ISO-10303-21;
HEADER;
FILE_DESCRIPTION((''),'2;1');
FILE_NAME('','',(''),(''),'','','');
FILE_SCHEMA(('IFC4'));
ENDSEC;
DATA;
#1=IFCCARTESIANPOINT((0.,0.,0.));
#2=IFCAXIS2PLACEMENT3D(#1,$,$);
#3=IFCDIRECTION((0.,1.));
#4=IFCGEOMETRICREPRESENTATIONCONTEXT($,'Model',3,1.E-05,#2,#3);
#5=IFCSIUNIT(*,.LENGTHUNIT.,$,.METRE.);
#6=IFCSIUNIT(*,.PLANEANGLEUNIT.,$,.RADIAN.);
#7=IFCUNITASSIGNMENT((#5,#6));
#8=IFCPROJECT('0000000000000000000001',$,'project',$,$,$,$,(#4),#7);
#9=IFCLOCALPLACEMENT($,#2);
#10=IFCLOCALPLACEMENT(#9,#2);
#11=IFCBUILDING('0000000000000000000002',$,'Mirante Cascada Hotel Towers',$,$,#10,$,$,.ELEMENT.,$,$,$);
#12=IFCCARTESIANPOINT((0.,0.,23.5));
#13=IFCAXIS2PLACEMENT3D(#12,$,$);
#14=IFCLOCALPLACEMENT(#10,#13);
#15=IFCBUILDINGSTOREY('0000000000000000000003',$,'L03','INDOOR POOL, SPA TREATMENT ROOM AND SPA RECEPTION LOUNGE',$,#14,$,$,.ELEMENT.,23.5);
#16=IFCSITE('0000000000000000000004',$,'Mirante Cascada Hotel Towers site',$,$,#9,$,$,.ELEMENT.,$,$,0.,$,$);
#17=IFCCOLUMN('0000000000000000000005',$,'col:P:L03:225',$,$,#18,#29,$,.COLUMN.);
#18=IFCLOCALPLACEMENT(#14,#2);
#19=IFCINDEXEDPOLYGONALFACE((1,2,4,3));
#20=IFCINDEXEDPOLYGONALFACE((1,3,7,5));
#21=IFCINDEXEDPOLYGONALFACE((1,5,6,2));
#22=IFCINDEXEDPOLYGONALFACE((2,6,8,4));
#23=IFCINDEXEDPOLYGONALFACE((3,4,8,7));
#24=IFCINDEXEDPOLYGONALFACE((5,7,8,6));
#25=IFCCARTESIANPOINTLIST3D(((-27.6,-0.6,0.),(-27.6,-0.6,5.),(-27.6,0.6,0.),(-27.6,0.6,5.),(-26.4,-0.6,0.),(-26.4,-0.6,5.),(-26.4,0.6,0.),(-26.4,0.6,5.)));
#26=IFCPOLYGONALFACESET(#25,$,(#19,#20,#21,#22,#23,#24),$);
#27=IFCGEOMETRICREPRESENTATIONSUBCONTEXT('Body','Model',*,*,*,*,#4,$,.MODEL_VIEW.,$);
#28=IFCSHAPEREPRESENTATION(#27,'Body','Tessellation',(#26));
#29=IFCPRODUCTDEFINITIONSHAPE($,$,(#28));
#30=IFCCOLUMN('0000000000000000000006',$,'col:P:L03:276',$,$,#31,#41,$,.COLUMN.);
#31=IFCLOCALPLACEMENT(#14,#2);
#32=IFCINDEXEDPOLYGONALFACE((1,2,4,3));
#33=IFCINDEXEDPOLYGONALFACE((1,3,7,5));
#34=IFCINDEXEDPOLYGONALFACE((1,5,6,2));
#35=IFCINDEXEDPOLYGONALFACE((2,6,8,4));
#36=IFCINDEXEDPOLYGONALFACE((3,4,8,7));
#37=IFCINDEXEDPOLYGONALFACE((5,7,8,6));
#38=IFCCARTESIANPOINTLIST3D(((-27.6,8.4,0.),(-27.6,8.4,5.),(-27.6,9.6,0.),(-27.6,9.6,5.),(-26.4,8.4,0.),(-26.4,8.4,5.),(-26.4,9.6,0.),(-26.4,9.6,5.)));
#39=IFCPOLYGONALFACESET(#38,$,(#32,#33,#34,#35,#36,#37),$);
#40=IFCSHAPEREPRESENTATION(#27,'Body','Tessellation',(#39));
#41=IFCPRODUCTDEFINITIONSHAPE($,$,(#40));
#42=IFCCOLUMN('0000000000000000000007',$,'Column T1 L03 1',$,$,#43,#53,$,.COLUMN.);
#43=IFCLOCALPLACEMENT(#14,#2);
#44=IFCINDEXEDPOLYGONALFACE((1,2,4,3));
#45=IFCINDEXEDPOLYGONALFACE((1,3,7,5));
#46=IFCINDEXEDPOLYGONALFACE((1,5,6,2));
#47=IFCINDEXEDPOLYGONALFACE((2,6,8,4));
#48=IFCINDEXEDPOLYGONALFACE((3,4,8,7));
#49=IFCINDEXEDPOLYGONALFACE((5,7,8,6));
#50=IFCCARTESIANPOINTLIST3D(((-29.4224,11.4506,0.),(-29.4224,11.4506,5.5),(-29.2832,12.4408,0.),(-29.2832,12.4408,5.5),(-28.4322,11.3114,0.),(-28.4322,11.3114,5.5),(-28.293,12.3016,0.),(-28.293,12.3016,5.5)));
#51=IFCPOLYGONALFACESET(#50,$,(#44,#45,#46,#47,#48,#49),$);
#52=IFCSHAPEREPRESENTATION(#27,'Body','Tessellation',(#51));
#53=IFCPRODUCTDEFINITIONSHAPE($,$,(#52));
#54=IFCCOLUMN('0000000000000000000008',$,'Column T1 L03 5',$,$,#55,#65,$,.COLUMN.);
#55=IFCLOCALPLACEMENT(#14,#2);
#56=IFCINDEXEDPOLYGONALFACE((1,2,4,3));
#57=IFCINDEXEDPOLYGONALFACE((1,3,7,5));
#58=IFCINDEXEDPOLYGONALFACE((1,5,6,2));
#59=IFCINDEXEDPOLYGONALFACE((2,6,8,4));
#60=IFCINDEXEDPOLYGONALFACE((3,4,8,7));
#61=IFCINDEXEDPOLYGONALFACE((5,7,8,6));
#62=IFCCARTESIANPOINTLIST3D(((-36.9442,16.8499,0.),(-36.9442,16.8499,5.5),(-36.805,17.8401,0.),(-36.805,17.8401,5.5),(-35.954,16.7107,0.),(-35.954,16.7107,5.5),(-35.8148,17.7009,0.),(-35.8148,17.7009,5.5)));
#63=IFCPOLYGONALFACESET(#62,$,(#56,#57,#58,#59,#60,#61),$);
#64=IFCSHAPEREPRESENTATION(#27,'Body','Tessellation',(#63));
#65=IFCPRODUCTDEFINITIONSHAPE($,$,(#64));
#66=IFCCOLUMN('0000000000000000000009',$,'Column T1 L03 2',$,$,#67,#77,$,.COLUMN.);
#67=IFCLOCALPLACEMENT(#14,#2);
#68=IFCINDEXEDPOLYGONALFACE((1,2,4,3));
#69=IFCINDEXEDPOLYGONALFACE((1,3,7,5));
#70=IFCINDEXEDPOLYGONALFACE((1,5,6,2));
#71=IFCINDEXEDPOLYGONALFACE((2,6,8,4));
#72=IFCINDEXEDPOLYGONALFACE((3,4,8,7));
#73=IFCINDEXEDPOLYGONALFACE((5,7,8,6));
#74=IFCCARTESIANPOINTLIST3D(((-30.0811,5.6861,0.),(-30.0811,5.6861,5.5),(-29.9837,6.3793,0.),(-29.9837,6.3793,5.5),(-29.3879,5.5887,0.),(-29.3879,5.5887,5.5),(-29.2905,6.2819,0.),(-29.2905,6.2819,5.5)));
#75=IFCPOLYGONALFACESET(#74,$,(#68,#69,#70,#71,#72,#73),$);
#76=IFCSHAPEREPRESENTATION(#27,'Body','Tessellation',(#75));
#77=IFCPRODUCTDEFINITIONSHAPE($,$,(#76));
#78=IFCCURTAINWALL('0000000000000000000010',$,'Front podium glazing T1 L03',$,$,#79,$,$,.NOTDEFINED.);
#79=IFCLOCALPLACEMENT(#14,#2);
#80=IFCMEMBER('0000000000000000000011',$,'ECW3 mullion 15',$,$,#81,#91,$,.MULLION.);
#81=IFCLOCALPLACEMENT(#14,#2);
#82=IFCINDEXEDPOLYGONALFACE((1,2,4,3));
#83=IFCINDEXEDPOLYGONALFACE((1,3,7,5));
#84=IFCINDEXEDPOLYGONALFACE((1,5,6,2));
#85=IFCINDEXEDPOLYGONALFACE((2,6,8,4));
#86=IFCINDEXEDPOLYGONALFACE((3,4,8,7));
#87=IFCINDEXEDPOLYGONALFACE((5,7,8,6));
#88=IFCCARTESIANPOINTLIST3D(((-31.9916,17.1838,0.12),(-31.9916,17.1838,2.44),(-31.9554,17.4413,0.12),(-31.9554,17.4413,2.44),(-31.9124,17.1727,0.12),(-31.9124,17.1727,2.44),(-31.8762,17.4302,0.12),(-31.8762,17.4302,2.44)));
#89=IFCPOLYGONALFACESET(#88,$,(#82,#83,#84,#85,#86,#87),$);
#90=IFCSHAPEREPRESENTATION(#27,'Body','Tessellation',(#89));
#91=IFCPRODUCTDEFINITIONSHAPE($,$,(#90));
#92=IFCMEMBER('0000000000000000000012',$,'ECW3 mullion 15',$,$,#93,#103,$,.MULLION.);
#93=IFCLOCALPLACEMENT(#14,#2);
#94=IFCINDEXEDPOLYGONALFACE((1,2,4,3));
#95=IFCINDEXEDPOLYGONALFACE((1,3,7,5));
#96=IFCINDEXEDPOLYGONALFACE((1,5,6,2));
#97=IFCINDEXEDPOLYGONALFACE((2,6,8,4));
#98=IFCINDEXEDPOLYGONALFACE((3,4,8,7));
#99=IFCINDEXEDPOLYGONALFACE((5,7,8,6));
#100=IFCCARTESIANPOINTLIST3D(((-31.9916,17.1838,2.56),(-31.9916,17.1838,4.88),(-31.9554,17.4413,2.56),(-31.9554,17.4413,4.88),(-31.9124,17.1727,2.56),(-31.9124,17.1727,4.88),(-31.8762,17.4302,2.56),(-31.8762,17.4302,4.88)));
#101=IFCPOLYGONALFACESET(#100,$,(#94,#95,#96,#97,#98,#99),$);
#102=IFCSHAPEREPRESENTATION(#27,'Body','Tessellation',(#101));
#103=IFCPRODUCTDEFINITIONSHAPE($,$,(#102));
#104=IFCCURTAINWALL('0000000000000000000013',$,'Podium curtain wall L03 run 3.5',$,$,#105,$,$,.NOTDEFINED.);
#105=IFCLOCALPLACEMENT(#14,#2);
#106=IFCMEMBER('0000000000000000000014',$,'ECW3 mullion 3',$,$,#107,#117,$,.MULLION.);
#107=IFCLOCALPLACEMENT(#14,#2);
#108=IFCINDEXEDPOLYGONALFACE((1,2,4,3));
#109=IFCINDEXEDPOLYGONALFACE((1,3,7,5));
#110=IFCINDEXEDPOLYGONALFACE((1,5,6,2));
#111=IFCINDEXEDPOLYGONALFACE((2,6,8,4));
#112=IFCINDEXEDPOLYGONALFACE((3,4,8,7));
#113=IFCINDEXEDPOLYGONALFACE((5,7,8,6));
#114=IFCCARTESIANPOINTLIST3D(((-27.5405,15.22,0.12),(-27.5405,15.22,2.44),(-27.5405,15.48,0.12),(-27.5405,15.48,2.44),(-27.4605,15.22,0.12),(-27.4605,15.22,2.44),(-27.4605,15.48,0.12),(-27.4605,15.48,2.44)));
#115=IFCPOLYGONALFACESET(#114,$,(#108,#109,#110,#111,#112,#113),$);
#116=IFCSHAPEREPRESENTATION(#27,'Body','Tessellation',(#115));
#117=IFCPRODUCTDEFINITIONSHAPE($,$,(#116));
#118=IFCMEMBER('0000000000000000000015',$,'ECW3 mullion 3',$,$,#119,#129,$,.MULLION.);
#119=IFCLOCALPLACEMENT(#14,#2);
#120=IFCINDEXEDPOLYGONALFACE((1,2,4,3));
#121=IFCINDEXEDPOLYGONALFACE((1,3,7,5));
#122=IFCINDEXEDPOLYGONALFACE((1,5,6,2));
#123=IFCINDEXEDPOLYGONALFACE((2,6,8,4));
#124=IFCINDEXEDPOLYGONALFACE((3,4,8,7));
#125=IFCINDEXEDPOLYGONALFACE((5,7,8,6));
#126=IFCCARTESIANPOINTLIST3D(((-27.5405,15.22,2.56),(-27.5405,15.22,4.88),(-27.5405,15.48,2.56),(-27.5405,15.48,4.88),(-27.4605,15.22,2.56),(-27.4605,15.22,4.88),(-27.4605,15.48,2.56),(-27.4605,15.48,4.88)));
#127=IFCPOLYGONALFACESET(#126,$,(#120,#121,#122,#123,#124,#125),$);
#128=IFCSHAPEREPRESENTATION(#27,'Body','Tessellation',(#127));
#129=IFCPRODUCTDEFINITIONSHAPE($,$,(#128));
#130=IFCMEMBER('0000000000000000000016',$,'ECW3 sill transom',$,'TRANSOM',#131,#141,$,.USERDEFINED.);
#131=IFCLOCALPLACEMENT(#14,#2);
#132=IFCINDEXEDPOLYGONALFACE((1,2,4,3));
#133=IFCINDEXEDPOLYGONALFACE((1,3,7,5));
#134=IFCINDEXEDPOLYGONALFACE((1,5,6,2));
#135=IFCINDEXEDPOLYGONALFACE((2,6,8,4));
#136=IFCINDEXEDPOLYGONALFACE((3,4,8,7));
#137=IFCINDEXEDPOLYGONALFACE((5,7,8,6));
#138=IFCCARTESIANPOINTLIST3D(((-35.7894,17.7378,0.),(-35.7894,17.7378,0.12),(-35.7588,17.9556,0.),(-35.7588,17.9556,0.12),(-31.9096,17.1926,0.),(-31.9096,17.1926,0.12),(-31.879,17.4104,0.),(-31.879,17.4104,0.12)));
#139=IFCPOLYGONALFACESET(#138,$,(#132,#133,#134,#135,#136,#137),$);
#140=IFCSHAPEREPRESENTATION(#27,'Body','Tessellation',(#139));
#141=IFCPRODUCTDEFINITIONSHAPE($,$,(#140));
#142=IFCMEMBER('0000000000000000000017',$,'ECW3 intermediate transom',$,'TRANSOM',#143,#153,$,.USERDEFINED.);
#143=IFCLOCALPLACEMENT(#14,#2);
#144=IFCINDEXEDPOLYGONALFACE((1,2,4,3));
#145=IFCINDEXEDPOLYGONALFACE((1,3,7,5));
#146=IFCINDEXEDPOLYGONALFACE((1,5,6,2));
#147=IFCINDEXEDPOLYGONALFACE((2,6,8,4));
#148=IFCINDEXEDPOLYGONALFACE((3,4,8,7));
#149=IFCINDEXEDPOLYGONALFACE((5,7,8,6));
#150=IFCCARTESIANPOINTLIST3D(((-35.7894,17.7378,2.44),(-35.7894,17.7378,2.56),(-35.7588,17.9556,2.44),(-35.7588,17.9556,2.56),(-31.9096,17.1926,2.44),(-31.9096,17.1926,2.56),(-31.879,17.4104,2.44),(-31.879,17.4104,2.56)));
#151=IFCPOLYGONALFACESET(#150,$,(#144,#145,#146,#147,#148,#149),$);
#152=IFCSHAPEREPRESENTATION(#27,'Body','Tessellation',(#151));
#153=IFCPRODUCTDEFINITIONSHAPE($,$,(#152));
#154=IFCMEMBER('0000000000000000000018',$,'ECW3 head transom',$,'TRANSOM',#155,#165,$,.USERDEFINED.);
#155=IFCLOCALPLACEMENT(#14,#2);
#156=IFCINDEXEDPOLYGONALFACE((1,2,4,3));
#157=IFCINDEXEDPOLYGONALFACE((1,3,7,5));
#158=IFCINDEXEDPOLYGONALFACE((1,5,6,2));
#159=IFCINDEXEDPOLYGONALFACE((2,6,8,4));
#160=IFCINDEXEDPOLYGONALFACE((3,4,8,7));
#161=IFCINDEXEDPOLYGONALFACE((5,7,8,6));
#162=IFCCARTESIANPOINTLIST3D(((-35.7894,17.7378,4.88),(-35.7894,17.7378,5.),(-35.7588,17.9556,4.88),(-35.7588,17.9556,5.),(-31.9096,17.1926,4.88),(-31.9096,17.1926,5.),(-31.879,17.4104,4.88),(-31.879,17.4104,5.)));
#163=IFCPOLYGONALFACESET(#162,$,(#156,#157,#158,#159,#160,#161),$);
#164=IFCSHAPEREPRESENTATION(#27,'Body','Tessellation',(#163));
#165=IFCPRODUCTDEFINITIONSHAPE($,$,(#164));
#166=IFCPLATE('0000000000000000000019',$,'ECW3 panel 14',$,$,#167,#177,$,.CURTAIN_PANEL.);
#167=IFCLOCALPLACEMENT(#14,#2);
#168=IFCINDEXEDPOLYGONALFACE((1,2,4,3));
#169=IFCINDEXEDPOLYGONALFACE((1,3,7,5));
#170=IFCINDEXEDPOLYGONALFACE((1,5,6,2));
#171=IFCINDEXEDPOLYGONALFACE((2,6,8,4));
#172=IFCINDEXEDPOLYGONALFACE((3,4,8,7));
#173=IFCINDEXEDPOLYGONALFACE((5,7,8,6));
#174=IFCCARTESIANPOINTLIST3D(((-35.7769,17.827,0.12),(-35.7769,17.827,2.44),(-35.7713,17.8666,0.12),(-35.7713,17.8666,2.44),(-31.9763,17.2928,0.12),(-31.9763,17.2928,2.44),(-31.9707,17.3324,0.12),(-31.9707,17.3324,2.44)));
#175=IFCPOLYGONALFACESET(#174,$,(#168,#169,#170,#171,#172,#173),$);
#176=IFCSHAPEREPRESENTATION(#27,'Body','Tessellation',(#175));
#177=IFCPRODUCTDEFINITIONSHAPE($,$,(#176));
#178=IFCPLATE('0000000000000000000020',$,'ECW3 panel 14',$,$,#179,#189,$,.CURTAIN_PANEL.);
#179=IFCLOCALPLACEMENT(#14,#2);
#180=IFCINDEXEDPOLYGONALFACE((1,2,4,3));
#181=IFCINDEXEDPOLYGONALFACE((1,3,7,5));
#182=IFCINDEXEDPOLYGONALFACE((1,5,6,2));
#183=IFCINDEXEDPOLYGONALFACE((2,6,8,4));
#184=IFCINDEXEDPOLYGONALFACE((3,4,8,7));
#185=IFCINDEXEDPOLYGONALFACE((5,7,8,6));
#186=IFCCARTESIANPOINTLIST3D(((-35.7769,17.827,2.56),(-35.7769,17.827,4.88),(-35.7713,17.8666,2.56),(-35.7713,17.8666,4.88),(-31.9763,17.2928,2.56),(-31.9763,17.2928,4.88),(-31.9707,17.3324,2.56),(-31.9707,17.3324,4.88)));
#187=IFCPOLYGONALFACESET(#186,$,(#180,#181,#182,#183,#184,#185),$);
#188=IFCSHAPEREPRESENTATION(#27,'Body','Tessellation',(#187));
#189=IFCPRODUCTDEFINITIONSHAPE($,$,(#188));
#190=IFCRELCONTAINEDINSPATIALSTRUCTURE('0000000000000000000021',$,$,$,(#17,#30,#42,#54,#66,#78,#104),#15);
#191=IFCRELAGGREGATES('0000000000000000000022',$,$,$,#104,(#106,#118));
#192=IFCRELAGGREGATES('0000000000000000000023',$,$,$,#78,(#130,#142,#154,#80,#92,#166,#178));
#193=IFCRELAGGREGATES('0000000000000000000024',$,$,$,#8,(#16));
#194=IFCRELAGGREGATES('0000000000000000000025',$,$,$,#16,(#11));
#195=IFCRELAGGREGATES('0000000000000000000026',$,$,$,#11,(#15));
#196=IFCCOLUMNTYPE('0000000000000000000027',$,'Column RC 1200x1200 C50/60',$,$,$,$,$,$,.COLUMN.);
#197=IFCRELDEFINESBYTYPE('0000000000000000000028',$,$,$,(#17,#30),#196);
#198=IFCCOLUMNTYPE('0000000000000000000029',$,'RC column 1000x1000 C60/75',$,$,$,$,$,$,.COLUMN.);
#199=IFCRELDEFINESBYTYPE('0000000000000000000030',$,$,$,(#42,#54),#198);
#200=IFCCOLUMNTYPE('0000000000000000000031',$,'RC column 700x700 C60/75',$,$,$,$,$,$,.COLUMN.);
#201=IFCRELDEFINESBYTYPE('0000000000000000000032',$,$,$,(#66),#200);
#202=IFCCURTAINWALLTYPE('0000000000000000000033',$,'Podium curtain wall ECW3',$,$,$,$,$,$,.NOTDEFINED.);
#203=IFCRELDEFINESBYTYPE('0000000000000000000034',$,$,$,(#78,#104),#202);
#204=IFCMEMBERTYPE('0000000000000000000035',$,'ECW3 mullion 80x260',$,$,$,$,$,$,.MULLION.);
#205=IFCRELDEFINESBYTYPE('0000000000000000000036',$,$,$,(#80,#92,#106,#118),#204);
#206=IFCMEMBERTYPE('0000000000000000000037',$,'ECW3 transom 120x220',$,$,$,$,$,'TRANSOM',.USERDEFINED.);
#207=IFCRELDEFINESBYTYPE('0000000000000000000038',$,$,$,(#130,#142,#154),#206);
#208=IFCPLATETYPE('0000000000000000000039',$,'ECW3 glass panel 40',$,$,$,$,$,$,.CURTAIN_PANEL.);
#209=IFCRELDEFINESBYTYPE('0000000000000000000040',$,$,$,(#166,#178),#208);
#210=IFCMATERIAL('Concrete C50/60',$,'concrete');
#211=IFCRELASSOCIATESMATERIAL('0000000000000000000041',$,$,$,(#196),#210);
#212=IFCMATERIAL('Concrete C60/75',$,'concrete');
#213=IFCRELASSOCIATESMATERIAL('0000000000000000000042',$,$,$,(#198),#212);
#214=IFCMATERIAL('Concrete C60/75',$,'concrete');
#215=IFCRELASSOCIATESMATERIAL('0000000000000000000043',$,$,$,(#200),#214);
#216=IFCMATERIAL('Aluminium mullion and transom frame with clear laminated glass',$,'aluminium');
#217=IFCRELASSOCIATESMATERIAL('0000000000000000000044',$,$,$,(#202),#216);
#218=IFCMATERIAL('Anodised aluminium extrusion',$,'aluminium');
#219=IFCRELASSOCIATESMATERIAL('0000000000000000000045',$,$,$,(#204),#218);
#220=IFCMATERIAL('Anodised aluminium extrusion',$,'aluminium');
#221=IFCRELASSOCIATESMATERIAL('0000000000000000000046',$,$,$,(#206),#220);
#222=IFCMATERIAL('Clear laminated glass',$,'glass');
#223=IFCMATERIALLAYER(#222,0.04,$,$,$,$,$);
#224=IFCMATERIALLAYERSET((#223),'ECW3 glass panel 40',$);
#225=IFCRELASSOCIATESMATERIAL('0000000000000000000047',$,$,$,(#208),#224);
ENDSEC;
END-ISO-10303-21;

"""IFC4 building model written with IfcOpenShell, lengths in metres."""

from ifc_helpers import new_model, si_unit, direction, frame, origin, origin_2d, place, context, subcontext, project, spatial, rectangle, extrude, material, layer, layer_set, material_profile, profile_set, type_object, element, aggregate, save


model = new_model("IFC4")

# Units and contexts
model_context = context("Model", 3, precision=1e-05, world=origin(), true_north=direction((0.0, 1.0)))
body_context = subcontext(model_context, "Body", "Model", "MODEL_VIEW")
ifc_project = project(units=[si_unit("LENGTHUNIT", "METRE"), si_unit("PLANEANGLEUNIT", "RADIAN")], contexts=[model_context])

# Site, building, storey
site_placement = place(None, origin())
site = spatial("IfcSite", under=ifc_project, at=site_placement, Name="Mirante Cascada Hotel Towers site", CompositionType="ELEMENT", RefElevation=0.0)
building_placement = place(site_placement, origin())
building = spatial("IfcBuilding", under=site, at=building_placement, Name="Mirante Cascada Hotel Towers", CompositionType="ELEMENT")
storey_placement = place(building_placement, frame((0.0, 0.0, 23.5)))
storey = spatial("IfcBuildingStorey", under=building, at=storey_placement, Name="L03", Description="INDOOR POOL, SPA TREATMENT ROOM AND SPA RECEPTION LOUNGE", CompositionType="ELEMENT", Elevation=23.5)

# Columns
ifc_material_1 = material(Name="Concrete C50/60", Category="concrete")
ifc_material_profile_1 = material_profile(ifc_material_1, rectangle(XDim=1.2, YDim=1.2, at=origin_2d()), Name="RC 1200x1200")
ifc_profile_set_1 = profile_set([ifc_material_profile_1], Name="Concrete C50/60")
column_type_1 = type_object("IfcColumnType", Name="Column RC 1200x1200 C50/60", PredefinedType="COLUMN", material=ifc_profile_set_1)
for number, where, z_axis, x_axis, name in (
    (1, (-27.0, 0.0, 0.0), (0.0, 0.0, 1.0), (1.0, 0.0, 0.0), "col:P:L03:225"),
    (2, (-27.0, 9.0, 0.0), (0.0, 0.0, 1.0), (1.0, 0.0, 0.0), "col:P:L03:276"),
):
    element("IfcColumn", number, at=place(storey_placement, frame(where, z_axis=z_axis, x_axis=x_axis)), inside=storey, type_object=column_type_1, Name=name, PredefinedType="COLUMN", context=body_context, shape_type="SweptSolid", body=[
        extrude(rectangle(XDim=1.2, YDim=1.2, at=origin_2d()), origin(), (0.0, 0.0, 1.0), 5.0),
    ])
ifc_material_2 = material(Name="Concrete C60/75", Category="concrete")
ifc_material_profile_2 = material_profile(ifc_material_2, rectangle(XDim=1.0, YDim=1.0, at=origin_2d()), Name="RC column 1000x1000 C60/75")
ifc_profile_set_2 = profile_set([ifc_material_profile_2], Name="Concrete C60/75")
column_type_2 = type_object("IfcColumnType", Name="RC column 1000x1000 C60/75", PredefinedType="COLUMN", material=ifc_profile_set_2)
for number, where, z_axis, x_axis, name in (
    (3, (-28.8577, 11.8761, 0.0), (0.0, 0.0, 1.0), (-0.990268, 0.139173, 0.0), "Column T1 L03 1"),
    (4, (-36.3795, 17.2754, 0.0), (0.0, 0.0, 1.0), (-0.990268, 0.139173, 0.0), "Column T1 L03 5"),
):
    element("IfcColumn", number, at=place(storey_placement, frame(where, z_axis=z_axis, x_axis=x_axis)), inside=storey, type_object=column_type_2, Name=name, PredefinedType="COLUMN", context=body_context, shape_type="SweptSolid", body=[
        extrude(rectangle(XDim=1.0, YDim=1.0, at=origin_2d()), origin(), (0.0, 0.0, 1.0), 5.5),
    ])
ifc_material_3 = material(Name="Concrete C60/75", Category="concrete")
ifc_material_profile_3 = material_profile(ifc_material_3, rectangle(XDim=0.7, YDim=0.7, at=origin_2d()), Name="RC column 700x700 C60/75")
ifc_profile_set_3 = profile_set([ifc_material_profile_3], Name="Concrete C60/75")
column_type_3 = type_object("IfcColumnType", Name="RC column 700x700 C60/75", PredefinedType="COLUMN", material=ifc_profile_set_3)
column_placement = place(storey_placement, frame((-29.6858, 5.984, 0.0), z_axis=(0.0, 0.0, 1.0), x_axis=(-0.990268, 0.139173, 0.0)))
element("IfcColumn", 5, at=column_placement, inside=storey, type_object=column_type_3, Name="Column T1 L03 2", PredefinedType="COLUMN", context=body_context, shape_type="SweptSolid", body=[
    extrude(rectangle(XDim=0.7, YDim=0.7, at=origin_2d()), origin(), (0.0, 0.0, 1.0), 5.5),
])

# Curtain walls, members
ifc_material_4 = material(Name="Aluminium mullion and transom frame with clear laminated glass", Category="aluminium")
curtain_wall_type = type_object("IfcCurtainWallType", Name="Podium curtain wall ECW3", PredefinedType="NOTDEFINED", material=ifc_material_4)
curtain_wall_1_placement = place(storey_placement, origin())
curtain_wall_1 = element("IfcCurtainWall", 6, at=curtain_wall_1_placement, inside=storey, type_object=curtain_wall_type, Name="Front podium glazing T1 L03", PredefinedType="NOTDEFINED")
ifc_material_5 = material(Name="Anodised aluminium extrusion", Category="aluminium")
ifc_material_profile_4 = material_profile(ifc_material_5, rectangle(XDim=0.26, YDim=0.08, at=origin_2d()), Name="ECW3 MULLION 80x260")
ifc_profile_set_4 = profile_set([ifc_material_profile_4], Name="Anodised aluminium extrusion")
member_type_1 = type_object("IfcMemberType", Name="ECW3 mullion 80x260", PredefinedType="MULLION", material=ifc_profile_set_4)
member_1_placement = place(storey_placement, frame((-31.9339, 17.307, 0.12), z_axis=(0.0, 0.0, 1.0), x_axis=(0.139173, 0.990268, 0.0)))
member_1 = element("IfcMember", 7, at=member_1_placement, type_object=member_type_1, Name="ECW3 mullion 15", PredefinedType="MULLION", context=body_context, shape_type="SweptSolid", body=[
    extrude(rectangle(XDim=0.26, YDim=0.08, at=origin_2d()), origin(), (0.0, 0.0, 1.0), 2.32),
])
member_2_placement = place(storey_placement, frame((-31.9339, 17.307, 2.56), z_axis=(0.0, 0.0, 1.0), x_axis=(0.139173, 0.990268, 0.0)))
member_2 = element("IfcMember", 8, at=member_2_placement, type_object=member_type_1, Name="ECW3 mullion 15", PredefinedType="MULLION", context=body_context, shape_type="SweptSolid", body=[
    extrude(rectangle(XDim=0.26, YDim=0.08, at=origin_2d()), origin(), (0.0, 0.0, 1.0), 2.32),
])
curtain_wall_2_placement = place(storey_placement, origin())
curtain_wall_2 = element("IfcCurtainWall", 9, at=curtain_wall_2_placement, inside=storey, type_object=curtain_wall_type, Name="Podium curtain wall L03 run 3.5", PredefinedType="NOTDEFINED")
member_3_placement = place(storey_placement, frame((-27.5005, 15.35, 0.12), z_axis=(0.0, 0.0, 1.0), x_axis=(0.0, -1.0, 0.0)))
member_3 = element("IfcMember", 10, at=member_3_placement, type_object=member_type_1, Name="ECW3 mullion 3", PredefinedType="MULLION", context=body_context, shape_type="SweptSolid", body=[
    extrude(rectangle(XDim=0.26, YDim=0.08, at=origin_2d()), origin(), (0.0, 0.0, 1.0), 2.32),
])
member_4_placement = place(storey_placement, frame((-27.5005, 15.35, 2.56), z_axis=(0.0, 0.0, 1.0), x_axis=(0.0, -1.0, 0.0)))
member_4 = element("IfcMember", 11, at=member_4_placement, type_object=member_type_1, Name="ECW3 mullion 3", PredefinedType="MULLION", context=body_context, shape_type="SweptSolid", body=[
    extrude(rectangle(XDim=0.26, YDim=0.08, at=origin_2d()), origin(), (0.0, 0.0, 1.0), 2.32),
])
aggregate(curtain_wall_2, [member_3, member_4])

# Members
ifc_material_6 = material(Name="Anodised aluminium extrusion", Category="aluminium")
ifc_material_profile_5 = material_profile(ifc_material_6, rectangle(XDim=0.22, YDim=0.12, at=origin_2d()), Name="ECW3 TRANSOM 120x220")
ifc_profile_set_5 = profile_set([ifc_material_profile_5], Name="Anodised aluminium extrusion")
member_type_2 = type_object("IfcMemberType", Name="ECW3 transom 120x220", ElementType="TRANSOM", PredefinedType="USERDEFINED", material=ifc_profile_set_5)
member_5_placement = place(storey_placement, frame((-35.7741, 17.8467, 0.06), z_axis=(0.990271, -0.139155, 0.0), x_axis=(0.139155, 0.990271, 0.0)))
member_5 = element("IfcMember", 12, at=member_5_placement, type_object=member_type_2, Name="ECW3 sill transom", ObjectType="TRANSOM", PredefinedType="USERDEFINED", context=body_context, shape_type="SweptSolid", body=[
    extrude(rectangle(XDim=0.22, YDim=0.12, at=origin_2d()), origin(), (0.0, 0.0, 1.0), 3.9179),
])
member_6_placement = place(storey_placement, frame((-35.7741, 17.8467, 2.5), z_axis=(0.990271, -0.139155, 0.0), x_axis=(0.139155, 0.990271, 0.0)))
member_6 = element("IfcMember", 13, at=member_6_placement, type_object=member_type_2, Name="ECW3 intermediate transom", ObjectType="TRANSOM", PredefinedType="USERDEFINED", context=body_context, shape_type="SweptSolid", body=[
    extrude(rectangle(XDim=0.22, YDim=0.12, at=origin_2d()), origin(), (0.0, 0.0, 1.0), 3.9179),
])
member_7_placement = place(storey_placement, frame((-35.7741, 17.8467, 4.94), z_axis=(0.990271, -0.139155, 0.0), x_axis=(0.139155, 0.990271, 0.0)))
member_7 = element("IfcMember", 14, at=member_7_placement, type_object=member_type_2, Name="ECW3 head transom", ObjectType="TRANSOM", PredefinedType="USERDEFINED", context=body_context, shape_type="SweptSolid", body=[
    extrude(rectangle(XDim=0.22, YDim=0.12, at=origin_2d()), origin(), (0.0, 0.0, 1.0), 3.9179),
])

# Plates
ifc_material_7 = material(Name="Clear laminated glass", Category="glass")
ifc_layer_1 = layer(ifc_material_7, 0.04)
ifc_layer_set_1 = layer_set([ifc_layer_1], Name="ECW3 glass panel 40")
plate_type = type_object("IfcPlateType", Name="ECW3 glass panel 40", PredefinedType="CURTAIN_PANEL", material=ifc_layer_set_1)
plate_1_placement = place(storey_placement, frame((-33.8738, 17.5797, 0.12), z_axis=(0.0, 0.0, 1.0), x_axis=(0.990268, -0.139173, 0.0)))
plate_1 = element("IfcPlate", 15, at=plate_1_placement, type_object=plate_type, Name="ECW3 panel 14", PredefinedType="CURTAIN_PANEL", context=body_context, shape_type="SweptSolid", body=[
    extrude(rectangle(XDim=3.8379, YDim=0.04, at=origin_2d()), origin(), (0.0, 0.0, 1.0), 2.32),
])
plate_2_placement = place(storey_placement, frame((-33.8738, 17.5797, 2.56), z_axis=(0.0, 0.0, 1.0), x_axis=(0.990268, -0.139173, 0.0)))
plate_2 = element("IfcPlate", 16, at=plate_2_placement, type_object=plate_type, Name="ECW3 panel 14", PredefinedType="CURTAIN_PANEL", context=body_context, shape_type="SweptSolid", body=[
    extrude(rectangle(XDim=3.8379, YDim=0.04, at=origin_2d()), origin(), (0.0, 0.0, 1.0), 2.32),
])
aggregate(curtain_wall_1, [member_5, member_6, member_7, member_1, member_2, plate_1, plate_2])

save(model, "model.ifc")
